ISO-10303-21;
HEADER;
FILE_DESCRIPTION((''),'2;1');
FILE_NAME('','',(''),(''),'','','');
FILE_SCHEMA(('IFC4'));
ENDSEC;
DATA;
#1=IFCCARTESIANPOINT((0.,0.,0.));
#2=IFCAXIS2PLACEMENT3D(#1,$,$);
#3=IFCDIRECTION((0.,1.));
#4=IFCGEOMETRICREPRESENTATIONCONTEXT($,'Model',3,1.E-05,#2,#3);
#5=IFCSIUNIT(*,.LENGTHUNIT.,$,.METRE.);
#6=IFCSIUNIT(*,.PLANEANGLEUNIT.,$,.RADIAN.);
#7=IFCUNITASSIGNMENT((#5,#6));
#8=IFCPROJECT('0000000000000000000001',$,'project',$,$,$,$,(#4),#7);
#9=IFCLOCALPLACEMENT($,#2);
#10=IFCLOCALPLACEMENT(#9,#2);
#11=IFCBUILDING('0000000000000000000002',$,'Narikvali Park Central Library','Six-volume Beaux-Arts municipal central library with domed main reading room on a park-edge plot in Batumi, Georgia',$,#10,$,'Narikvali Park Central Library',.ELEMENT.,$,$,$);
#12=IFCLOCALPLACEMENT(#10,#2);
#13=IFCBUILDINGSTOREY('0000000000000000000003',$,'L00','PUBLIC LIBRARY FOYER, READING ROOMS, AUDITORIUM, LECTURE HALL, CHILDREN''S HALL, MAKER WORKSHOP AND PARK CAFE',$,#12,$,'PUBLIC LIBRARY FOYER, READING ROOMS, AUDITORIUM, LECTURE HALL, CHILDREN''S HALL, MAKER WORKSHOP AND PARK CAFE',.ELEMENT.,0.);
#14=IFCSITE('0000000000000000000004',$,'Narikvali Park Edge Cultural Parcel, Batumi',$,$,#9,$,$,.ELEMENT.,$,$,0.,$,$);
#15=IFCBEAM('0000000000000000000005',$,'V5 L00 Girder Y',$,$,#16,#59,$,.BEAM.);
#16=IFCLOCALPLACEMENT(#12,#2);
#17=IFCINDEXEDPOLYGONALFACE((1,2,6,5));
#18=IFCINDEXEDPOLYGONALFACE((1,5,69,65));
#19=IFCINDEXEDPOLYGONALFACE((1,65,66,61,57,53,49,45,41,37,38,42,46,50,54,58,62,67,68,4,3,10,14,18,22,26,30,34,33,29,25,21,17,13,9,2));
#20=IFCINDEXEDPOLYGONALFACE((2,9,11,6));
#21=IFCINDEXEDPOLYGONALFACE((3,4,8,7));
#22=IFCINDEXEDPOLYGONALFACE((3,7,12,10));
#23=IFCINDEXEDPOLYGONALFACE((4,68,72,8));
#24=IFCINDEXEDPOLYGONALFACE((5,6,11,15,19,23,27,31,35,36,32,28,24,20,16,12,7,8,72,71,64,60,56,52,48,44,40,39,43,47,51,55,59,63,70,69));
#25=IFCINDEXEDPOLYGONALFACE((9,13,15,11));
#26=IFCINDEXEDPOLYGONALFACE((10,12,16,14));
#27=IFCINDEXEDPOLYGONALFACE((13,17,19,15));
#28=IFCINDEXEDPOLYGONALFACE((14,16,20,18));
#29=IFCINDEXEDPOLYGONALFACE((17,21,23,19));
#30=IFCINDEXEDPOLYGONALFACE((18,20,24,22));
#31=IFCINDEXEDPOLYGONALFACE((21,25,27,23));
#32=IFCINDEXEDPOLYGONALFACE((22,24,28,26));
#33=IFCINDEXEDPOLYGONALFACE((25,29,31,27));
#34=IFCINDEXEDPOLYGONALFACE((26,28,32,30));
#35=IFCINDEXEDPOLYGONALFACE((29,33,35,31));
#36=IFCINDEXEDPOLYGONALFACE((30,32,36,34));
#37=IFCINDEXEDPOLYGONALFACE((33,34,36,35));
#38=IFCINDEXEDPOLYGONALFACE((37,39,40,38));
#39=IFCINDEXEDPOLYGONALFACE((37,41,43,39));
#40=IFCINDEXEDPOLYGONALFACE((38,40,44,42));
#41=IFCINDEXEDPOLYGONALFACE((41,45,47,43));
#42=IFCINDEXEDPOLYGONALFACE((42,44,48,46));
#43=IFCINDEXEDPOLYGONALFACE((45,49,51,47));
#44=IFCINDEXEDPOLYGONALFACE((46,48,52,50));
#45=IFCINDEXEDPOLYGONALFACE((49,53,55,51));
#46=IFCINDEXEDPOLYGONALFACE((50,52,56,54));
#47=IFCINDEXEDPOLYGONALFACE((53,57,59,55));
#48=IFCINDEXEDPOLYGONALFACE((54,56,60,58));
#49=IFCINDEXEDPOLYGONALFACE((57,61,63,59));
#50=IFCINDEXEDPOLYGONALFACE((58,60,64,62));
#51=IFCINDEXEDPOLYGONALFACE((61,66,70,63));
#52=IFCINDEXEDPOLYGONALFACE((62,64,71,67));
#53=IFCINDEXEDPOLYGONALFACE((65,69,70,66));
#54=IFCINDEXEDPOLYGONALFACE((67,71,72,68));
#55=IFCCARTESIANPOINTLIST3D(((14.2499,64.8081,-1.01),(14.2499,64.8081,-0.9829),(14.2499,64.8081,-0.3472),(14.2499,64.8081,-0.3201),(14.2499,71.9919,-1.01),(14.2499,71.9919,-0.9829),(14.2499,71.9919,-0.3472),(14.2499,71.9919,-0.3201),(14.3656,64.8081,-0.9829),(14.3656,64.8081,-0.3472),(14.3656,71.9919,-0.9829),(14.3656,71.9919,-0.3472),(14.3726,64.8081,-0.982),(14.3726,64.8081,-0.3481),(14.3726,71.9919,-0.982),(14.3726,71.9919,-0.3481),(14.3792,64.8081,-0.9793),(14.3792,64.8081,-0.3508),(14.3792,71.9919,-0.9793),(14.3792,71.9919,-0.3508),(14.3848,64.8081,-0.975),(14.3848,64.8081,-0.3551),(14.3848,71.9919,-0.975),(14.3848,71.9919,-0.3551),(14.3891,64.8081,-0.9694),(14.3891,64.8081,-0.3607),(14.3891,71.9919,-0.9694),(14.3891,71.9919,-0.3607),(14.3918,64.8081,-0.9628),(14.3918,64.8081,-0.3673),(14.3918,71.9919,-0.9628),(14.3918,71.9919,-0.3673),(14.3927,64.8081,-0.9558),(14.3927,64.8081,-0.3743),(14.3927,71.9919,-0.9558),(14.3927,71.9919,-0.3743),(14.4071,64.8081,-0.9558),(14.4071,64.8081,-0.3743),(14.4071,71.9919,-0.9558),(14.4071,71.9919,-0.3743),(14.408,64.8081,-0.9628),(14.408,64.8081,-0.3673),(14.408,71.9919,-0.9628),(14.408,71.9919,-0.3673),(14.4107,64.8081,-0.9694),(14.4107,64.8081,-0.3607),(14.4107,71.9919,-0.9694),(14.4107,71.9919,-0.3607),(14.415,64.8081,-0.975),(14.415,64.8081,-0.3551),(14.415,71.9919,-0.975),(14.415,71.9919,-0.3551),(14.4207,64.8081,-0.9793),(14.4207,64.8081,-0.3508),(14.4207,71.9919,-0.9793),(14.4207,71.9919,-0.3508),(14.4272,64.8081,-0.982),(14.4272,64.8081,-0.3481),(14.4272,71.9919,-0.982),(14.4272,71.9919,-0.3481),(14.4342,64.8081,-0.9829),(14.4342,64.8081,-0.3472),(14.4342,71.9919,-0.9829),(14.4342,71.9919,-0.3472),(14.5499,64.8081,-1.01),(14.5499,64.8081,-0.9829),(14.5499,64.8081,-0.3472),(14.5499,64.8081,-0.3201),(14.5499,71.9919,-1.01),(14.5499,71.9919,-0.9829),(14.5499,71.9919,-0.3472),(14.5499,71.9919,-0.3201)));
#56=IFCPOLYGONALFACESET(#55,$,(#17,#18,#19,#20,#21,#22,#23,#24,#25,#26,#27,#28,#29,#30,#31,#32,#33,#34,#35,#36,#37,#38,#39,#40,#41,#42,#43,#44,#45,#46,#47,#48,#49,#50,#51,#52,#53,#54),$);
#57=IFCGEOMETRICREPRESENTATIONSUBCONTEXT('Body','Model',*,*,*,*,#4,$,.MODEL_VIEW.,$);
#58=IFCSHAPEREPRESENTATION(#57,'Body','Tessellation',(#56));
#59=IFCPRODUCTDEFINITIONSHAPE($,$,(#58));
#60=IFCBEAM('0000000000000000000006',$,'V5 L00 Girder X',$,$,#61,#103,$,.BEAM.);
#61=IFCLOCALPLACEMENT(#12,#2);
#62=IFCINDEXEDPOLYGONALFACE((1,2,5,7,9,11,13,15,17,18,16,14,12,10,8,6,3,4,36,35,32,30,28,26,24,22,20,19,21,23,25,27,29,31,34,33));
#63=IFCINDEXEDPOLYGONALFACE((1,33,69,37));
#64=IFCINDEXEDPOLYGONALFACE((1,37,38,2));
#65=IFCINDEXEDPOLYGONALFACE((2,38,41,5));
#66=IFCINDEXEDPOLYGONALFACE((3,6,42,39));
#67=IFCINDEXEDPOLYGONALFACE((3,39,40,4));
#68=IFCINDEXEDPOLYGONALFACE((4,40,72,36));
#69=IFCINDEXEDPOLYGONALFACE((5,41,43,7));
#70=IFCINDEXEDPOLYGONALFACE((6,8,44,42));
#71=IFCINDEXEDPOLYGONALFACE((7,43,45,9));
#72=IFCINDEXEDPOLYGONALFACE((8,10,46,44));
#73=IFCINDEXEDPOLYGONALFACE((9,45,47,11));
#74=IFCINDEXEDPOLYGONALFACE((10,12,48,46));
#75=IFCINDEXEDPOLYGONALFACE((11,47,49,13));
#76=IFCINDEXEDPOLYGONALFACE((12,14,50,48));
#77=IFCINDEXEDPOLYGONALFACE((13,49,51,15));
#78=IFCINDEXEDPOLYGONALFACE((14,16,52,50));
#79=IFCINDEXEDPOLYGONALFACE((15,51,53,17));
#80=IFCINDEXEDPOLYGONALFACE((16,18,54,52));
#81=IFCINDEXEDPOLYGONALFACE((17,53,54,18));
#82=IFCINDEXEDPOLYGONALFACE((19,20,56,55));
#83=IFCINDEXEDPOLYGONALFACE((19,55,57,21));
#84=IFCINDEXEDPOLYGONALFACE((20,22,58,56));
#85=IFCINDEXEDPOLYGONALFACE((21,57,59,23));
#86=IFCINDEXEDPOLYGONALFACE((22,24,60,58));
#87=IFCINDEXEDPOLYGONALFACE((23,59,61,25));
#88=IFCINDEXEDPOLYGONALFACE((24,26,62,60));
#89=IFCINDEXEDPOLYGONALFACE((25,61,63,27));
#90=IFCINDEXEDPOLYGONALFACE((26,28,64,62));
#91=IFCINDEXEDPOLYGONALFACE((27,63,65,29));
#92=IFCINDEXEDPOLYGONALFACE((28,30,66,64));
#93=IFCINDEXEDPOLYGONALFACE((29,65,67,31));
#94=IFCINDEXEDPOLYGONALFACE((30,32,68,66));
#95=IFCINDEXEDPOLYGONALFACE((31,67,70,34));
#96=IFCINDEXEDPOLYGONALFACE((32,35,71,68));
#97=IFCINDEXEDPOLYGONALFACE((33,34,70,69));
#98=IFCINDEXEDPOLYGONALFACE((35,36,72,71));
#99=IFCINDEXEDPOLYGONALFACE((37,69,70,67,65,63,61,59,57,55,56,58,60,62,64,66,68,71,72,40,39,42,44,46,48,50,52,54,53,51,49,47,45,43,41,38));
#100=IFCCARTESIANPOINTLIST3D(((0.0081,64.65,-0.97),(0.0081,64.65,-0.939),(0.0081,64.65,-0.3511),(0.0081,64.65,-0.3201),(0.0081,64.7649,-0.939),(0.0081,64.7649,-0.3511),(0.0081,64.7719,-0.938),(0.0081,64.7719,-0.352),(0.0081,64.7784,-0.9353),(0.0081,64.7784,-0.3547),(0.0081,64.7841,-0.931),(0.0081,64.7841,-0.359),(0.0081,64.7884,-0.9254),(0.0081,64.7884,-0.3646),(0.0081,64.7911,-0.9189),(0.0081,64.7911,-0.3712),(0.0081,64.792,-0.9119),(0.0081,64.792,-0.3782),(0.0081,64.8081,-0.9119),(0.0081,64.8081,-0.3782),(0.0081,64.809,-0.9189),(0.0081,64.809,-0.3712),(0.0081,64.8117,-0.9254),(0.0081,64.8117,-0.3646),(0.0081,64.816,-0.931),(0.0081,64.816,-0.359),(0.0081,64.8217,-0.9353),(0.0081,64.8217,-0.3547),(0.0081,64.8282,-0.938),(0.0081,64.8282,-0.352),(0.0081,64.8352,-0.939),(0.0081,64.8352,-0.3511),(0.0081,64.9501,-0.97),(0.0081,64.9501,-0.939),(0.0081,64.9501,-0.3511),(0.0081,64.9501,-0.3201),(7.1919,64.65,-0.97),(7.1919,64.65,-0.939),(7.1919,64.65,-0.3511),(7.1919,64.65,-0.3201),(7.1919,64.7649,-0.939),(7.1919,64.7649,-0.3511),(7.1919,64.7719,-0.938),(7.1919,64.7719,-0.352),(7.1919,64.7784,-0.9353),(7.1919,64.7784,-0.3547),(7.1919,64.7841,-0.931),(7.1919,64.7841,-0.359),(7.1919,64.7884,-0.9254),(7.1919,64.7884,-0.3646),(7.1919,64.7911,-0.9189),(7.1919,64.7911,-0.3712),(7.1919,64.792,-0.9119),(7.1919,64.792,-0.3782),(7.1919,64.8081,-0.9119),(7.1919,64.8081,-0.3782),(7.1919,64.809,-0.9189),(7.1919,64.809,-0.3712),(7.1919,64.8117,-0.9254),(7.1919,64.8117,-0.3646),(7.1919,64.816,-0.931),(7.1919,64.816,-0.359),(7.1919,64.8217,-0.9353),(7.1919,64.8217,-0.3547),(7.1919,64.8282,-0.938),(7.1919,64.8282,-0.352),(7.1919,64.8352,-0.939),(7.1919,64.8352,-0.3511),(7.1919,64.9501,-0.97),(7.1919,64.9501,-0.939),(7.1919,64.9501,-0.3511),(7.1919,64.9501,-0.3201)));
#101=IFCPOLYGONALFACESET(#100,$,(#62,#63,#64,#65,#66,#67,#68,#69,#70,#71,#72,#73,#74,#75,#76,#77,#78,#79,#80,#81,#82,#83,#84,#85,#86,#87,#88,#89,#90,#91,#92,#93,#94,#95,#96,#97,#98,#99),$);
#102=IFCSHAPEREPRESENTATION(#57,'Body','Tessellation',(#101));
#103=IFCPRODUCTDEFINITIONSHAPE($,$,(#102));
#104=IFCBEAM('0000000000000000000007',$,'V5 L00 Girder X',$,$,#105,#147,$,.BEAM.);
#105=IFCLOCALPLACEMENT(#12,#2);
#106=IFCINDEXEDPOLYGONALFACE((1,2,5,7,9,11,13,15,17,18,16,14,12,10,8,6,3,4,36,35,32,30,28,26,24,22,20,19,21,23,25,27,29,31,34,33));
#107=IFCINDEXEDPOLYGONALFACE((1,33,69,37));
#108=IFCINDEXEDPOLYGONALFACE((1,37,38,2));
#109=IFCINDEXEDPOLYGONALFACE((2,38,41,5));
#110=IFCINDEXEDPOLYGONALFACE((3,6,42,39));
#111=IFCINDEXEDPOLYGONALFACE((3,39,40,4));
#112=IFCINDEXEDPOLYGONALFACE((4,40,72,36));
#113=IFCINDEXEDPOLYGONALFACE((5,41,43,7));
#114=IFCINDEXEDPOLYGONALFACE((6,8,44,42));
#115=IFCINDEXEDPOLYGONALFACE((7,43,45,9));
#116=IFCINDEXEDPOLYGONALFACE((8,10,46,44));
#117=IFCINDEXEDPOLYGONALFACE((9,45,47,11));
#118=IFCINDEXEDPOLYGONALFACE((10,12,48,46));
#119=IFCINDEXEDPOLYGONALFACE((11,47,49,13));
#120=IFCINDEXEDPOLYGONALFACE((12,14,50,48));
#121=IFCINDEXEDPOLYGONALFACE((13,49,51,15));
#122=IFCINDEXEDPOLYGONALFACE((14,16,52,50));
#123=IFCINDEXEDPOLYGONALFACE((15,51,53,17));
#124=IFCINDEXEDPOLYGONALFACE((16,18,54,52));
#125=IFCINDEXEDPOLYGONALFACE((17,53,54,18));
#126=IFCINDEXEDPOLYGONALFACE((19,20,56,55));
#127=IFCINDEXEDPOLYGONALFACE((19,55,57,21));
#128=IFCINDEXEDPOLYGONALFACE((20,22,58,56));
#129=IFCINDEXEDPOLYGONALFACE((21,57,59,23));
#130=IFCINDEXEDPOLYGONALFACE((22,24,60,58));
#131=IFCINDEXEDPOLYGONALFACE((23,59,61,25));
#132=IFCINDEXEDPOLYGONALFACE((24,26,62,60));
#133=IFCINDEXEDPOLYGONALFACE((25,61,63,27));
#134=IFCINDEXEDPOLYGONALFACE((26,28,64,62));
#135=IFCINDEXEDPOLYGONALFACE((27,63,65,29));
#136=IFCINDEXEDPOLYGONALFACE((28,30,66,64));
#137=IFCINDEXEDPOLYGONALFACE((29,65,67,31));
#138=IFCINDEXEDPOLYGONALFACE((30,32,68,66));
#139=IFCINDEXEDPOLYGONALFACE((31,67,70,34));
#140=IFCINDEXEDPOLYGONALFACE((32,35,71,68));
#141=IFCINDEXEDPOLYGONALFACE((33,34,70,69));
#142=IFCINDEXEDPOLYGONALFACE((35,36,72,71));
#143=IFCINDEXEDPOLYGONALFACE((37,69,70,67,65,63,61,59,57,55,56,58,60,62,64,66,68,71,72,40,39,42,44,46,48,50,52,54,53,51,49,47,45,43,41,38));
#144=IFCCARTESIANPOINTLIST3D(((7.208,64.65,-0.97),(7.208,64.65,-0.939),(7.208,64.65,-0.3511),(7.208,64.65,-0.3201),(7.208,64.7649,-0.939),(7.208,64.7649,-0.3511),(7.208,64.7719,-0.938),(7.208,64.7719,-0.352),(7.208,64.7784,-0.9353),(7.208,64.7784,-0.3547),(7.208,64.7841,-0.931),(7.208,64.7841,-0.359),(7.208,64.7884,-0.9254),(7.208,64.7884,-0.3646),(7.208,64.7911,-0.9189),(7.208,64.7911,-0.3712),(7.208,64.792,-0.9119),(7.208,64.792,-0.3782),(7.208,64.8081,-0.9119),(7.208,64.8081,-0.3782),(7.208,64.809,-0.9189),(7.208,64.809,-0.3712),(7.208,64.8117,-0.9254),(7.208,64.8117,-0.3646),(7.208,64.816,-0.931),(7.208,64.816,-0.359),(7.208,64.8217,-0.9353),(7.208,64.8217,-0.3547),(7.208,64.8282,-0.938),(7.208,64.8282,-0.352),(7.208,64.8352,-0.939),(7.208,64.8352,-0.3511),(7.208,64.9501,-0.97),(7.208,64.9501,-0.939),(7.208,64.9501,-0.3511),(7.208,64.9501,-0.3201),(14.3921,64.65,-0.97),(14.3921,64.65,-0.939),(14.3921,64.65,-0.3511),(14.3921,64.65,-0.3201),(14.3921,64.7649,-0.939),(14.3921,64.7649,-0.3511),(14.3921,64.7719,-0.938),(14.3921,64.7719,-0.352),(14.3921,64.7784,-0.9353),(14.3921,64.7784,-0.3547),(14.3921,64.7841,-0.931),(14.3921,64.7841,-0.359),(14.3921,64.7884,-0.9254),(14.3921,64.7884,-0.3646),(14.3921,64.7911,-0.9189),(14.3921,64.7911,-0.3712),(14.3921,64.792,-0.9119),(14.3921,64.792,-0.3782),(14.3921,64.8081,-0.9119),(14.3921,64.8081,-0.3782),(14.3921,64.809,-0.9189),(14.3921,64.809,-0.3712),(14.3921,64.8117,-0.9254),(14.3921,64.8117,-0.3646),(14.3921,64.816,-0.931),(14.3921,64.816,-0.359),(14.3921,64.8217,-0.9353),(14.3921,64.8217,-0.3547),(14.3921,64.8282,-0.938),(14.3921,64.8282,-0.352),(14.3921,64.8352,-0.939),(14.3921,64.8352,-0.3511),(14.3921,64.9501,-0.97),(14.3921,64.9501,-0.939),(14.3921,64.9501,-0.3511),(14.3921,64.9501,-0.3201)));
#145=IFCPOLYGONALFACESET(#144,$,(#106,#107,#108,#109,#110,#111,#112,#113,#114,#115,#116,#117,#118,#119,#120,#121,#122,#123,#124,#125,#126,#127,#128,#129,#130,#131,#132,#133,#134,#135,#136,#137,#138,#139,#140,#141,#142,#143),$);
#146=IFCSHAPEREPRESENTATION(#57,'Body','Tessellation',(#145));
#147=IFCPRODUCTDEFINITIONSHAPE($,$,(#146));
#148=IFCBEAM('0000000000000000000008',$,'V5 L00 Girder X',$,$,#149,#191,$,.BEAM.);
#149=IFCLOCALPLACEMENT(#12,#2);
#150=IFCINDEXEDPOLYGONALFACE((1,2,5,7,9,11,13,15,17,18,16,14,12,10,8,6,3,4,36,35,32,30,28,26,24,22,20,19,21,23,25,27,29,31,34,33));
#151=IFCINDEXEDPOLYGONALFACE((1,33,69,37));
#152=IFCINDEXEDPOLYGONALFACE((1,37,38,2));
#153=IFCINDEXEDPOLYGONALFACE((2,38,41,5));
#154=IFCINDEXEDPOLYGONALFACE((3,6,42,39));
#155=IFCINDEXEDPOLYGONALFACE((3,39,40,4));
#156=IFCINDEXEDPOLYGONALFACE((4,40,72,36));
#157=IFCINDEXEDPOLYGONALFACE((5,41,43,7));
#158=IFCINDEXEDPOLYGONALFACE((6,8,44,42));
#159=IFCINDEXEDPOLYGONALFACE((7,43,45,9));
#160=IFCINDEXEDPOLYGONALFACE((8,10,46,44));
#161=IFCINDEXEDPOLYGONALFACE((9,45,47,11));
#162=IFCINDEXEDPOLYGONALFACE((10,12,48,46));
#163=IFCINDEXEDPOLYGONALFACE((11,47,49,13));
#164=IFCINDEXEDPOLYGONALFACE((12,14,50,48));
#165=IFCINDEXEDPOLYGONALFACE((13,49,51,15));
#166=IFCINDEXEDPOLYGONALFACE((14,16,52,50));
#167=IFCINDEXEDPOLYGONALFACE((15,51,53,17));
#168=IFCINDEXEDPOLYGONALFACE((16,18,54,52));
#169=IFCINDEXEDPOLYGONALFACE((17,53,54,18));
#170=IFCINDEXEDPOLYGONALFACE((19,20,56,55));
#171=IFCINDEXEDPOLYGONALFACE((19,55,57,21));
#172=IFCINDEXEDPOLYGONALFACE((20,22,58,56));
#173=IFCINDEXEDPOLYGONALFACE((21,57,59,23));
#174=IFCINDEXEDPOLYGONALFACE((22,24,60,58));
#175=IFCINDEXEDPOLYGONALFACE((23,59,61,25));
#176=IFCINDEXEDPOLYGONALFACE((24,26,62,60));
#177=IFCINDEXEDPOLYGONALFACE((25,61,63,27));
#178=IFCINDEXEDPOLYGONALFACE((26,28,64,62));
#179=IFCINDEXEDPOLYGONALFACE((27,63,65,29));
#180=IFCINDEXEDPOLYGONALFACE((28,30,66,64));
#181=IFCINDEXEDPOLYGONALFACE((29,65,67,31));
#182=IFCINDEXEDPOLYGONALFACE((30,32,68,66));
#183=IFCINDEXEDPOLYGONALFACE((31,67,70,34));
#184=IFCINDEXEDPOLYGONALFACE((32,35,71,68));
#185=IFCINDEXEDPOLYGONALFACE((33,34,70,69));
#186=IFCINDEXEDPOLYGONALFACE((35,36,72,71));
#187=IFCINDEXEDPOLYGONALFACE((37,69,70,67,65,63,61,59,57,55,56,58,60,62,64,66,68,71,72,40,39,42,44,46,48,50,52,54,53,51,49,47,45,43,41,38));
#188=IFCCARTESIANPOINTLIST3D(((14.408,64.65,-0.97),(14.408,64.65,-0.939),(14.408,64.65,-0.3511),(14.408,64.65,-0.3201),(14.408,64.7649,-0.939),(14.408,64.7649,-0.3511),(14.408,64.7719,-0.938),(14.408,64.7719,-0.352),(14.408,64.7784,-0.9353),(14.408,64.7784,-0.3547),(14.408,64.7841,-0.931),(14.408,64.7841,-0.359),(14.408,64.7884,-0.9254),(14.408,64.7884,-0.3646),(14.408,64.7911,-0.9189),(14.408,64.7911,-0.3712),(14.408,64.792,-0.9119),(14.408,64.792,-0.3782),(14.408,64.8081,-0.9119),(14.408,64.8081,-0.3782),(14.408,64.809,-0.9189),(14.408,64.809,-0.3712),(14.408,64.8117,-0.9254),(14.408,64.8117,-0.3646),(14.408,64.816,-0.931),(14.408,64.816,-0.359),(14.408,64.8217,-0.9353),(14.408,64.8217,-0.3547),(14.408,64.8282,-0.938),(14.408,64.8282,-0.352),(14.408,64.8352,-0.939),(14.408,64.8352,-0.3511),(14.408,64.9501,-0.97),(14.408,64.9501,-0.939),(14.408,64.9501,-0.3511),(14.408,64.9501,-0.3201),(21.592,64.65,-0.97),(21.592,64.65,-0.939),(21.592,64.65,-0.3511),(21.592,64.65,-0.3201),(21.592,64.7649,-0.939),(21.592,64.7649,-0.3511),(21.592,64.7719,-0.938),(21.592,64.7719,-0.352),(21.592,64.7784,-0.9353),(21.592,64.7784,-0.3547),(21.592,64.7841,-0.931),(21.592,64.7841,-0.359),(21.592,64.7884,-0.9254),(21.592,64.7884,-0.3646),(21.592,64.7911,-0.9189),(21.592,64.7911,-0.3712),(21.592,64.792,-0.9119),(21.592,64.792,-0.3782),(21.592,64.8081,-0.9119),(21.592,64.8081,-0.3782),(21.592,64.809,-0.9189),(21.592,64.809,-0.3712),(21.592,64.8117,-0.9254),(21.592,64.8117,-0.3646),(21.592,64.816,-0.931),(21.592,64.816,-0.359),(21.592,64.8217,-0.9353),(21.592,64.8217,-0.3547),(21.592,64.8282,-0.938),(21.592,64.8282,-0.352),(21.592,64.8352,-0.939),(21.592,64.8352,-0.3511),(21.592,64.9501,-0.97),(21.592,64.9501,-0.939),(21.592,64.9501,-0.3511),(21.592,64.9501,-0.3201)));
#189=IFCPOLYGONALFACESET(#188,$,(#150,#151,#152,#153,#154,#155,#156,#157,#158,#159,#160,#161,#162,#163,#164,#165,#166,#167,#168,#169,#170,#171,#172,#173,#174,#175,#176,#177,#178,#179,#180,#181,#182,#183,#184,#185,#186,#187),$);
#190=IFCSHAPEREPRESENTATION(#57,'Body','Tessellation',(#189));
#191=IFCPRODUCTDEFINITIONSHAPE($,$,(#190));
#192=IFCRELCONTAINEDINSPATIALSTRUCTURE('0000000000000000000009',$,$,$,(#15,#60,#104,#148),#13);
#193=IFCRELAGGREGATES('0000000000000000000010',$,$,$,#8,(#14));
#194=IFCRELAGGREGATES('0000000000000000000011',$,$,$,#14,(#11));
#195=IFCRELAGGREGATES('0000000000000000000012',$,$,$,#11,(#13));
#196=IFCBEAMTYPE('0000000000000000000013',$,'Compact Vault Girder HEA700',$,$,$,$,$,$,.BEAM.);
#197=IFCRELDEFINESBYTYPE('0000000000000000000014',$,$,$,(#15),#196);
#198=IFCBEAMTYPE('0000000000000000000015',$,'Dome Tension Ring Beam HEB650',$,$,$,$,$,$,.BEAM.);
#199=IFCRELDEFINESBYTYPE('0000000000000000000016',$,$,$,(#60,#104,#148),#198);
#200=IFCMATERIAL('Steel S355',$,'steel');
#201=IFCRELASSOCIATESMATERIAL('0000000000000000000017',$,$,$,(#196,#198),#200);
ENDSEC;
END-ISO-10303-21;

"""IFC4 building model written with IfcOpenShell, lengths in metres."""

from ifc_helpers import new_model, si_unit, direction, frame, origin, origin_2d, place, context, subcontext, project, spatial, i_section, extrude, material, material_profile, profile_set, type_object, element, save


model = new_model("IFC4")

# Units and contexts
model_context = context("Model", 3, precision=1e-05, world=origin(), true_north=direction((0.0, 1.0)))
body_context = subcontext(model_context, "Body", "Model", "MODEL_VIEW")
ifc_project = project(units=[si_unit("LENGTHUNIT", "METRE"), si_unit("PLANEANGLEUNIT", "RADIAN")], contexts=[model_context])

# Site, building, storey
site_placement = place(None, origin())
site = spatial("IfcSite", under=ifc_project, at=site_placement, Name="Narikvali Park Edge Cultural Parcel, Batumi", CompositionType="ELEMENT", RefElevation=0.0)
building_placement = place(site_placement, origin())
building = spatial("IfcBuilding", under=site, at=building_placement, Name="Narikvali Park Central Library", Description="Six-volume Beaux-Arts municipal central library with domed main reading room on a park-edge plot in Batumi, Georgia", LongName="Narikvali Park Central Library", CompositionType="ELEMENT")
storey_placement = place(building_placement, origin())
storey = spatial("IfcBuildingStorey", under=building, at=storey_placement, Name="L00", Description="PUBLIC LIBRARY FOYER, READING ROOMS, AUDITORIUM, LECTURE HALL, CHILDREN'S HALL, MAKER WORKSHOP AND PARK CAFE", LongName="PUBLIC LIBRARY FOYER, READING ROOMS, AUDITORIUM, LECTURE HALL, CHILDREN'S HALL, MAKER WORKSHOP AND PARK CAFE", CompositionType="ELEMENT", Elevation=0.0)

# Shared definitions
ifc_material_1 = material(Name="Steel S355", Category="steel")

# Beams
ifc_material_profile_1 = material_profile(ifc_material_1, i_section(OverallWidth=0.3, OverallDepth=0.6899, WebThickness=0.0144, FlangeThickness=0.0271, FilletRadius=0.0271, at=origin_2d()), Name="HEA 700")
ifc_profile_set_1 = profile_set([ifc_material_profile_1], Name="Steel S355")
beam_type_1 = type_object("IfcBeamType", Name="Compact Vault Girder HEA700", PredefinedType="BEAM", material=ifc_profile_set_1)
for number, where, z_axis, x_axis, name in (
    (1, (14.3999, 64.8081, -0.665), (0.0, 1.0, 0.0), (-1.0, 0.0, 0.0), "V5 L00 Girder Y"),
):
    element("IfcBeam", number, at=place(storey_placement, frame(where, z_axis=z_axis, x_axis=x_axis)), inside=storey, type_object=beam_type_1, Name=name, PredefinedType="BEAM", context=body_context, shape_type="SweptSolid", body=[
        extrude(i_section(OverallWidth=0.3, OverallDepth=0.6899, WebThickness=0.0144, FlangeThickness=0.0271, FilletRadius=0.0271, at=origin_2d()), origin(), (0.0, 0.0, 1.0), 7.1838),
    ])
ifc_material_profile_2 = material_profile(ifc_material_1, i_section(OverallWidth=0.3, OverallDepth=0.6499, WebThickness=0.0161, FlangeThickness=0.031, FilletRadius=0.0271, at=origin_2d()), Name="HEB 650")
ifc_profile_set_2 = profile_set([ifc_material_profile_2], Name="Steel S355")
beam_type_2 = type_object("IfcBeamType", Name="Dome Tension Ring Beam HEB650", PredefinedType="BEAM", material=ifc_profile_set_2)
beam_1_placement = place(storey_placement, frame((0.0081, 64.8, -0.645), z_axis=(1.0, 0.0, 0.0), x_axis=(0.0, 1.0, 0.0)))
element("IfcBeam", 2, at=beam_1_placement, inside=storey, type_object=beam_type_2, Name="V5 L00 Girder X", PredefinedType="BEAM", context=body_context, shape_type="SweptSolid", body=[
    extrude(i_section(OverallWidth=0.3, OverallDepth=0.6499, WebThickness=0.0161, FlangeThickness=0.031, FilletRadius=0.0271, at=origin_2d()), origin(), (0.0, 0.0, 1.0), 7.1838),
])
for number, where, z_axis, x_axis, name in (
    (3, (7.208, 64.8, -0.645), (1.0, 0.0, 0.0), (0.0, 1.0, 0.0), "V5 L00 Girder X"),
    (4, (14.408, 64.8, -0.645), (1.0, 0.0, 0.0), (0.0, 1.0, 0.0), "V5 L00 Girder X"),
):
    element("IfcBeam", number, at=place(storey_placement, frame(where, z_axis=z_axis, x_axis=x_axis)), inside=storey, type_object=beam_type_2, Name=name, PredefinedType="BEAM", context=body_context, shape_type="SweptSolid", body=[
        extrude(i_section(OverallWidth=0.3, OverallDepth=0.6499, WebThickness=0.0161, FlangeThickness=0.031, FilletRadius=0.0271, at=origin_2d()), origin(), (0.0, 0.0, 1.0), 7.1841),
    ])

save(model, "model.ifc")
